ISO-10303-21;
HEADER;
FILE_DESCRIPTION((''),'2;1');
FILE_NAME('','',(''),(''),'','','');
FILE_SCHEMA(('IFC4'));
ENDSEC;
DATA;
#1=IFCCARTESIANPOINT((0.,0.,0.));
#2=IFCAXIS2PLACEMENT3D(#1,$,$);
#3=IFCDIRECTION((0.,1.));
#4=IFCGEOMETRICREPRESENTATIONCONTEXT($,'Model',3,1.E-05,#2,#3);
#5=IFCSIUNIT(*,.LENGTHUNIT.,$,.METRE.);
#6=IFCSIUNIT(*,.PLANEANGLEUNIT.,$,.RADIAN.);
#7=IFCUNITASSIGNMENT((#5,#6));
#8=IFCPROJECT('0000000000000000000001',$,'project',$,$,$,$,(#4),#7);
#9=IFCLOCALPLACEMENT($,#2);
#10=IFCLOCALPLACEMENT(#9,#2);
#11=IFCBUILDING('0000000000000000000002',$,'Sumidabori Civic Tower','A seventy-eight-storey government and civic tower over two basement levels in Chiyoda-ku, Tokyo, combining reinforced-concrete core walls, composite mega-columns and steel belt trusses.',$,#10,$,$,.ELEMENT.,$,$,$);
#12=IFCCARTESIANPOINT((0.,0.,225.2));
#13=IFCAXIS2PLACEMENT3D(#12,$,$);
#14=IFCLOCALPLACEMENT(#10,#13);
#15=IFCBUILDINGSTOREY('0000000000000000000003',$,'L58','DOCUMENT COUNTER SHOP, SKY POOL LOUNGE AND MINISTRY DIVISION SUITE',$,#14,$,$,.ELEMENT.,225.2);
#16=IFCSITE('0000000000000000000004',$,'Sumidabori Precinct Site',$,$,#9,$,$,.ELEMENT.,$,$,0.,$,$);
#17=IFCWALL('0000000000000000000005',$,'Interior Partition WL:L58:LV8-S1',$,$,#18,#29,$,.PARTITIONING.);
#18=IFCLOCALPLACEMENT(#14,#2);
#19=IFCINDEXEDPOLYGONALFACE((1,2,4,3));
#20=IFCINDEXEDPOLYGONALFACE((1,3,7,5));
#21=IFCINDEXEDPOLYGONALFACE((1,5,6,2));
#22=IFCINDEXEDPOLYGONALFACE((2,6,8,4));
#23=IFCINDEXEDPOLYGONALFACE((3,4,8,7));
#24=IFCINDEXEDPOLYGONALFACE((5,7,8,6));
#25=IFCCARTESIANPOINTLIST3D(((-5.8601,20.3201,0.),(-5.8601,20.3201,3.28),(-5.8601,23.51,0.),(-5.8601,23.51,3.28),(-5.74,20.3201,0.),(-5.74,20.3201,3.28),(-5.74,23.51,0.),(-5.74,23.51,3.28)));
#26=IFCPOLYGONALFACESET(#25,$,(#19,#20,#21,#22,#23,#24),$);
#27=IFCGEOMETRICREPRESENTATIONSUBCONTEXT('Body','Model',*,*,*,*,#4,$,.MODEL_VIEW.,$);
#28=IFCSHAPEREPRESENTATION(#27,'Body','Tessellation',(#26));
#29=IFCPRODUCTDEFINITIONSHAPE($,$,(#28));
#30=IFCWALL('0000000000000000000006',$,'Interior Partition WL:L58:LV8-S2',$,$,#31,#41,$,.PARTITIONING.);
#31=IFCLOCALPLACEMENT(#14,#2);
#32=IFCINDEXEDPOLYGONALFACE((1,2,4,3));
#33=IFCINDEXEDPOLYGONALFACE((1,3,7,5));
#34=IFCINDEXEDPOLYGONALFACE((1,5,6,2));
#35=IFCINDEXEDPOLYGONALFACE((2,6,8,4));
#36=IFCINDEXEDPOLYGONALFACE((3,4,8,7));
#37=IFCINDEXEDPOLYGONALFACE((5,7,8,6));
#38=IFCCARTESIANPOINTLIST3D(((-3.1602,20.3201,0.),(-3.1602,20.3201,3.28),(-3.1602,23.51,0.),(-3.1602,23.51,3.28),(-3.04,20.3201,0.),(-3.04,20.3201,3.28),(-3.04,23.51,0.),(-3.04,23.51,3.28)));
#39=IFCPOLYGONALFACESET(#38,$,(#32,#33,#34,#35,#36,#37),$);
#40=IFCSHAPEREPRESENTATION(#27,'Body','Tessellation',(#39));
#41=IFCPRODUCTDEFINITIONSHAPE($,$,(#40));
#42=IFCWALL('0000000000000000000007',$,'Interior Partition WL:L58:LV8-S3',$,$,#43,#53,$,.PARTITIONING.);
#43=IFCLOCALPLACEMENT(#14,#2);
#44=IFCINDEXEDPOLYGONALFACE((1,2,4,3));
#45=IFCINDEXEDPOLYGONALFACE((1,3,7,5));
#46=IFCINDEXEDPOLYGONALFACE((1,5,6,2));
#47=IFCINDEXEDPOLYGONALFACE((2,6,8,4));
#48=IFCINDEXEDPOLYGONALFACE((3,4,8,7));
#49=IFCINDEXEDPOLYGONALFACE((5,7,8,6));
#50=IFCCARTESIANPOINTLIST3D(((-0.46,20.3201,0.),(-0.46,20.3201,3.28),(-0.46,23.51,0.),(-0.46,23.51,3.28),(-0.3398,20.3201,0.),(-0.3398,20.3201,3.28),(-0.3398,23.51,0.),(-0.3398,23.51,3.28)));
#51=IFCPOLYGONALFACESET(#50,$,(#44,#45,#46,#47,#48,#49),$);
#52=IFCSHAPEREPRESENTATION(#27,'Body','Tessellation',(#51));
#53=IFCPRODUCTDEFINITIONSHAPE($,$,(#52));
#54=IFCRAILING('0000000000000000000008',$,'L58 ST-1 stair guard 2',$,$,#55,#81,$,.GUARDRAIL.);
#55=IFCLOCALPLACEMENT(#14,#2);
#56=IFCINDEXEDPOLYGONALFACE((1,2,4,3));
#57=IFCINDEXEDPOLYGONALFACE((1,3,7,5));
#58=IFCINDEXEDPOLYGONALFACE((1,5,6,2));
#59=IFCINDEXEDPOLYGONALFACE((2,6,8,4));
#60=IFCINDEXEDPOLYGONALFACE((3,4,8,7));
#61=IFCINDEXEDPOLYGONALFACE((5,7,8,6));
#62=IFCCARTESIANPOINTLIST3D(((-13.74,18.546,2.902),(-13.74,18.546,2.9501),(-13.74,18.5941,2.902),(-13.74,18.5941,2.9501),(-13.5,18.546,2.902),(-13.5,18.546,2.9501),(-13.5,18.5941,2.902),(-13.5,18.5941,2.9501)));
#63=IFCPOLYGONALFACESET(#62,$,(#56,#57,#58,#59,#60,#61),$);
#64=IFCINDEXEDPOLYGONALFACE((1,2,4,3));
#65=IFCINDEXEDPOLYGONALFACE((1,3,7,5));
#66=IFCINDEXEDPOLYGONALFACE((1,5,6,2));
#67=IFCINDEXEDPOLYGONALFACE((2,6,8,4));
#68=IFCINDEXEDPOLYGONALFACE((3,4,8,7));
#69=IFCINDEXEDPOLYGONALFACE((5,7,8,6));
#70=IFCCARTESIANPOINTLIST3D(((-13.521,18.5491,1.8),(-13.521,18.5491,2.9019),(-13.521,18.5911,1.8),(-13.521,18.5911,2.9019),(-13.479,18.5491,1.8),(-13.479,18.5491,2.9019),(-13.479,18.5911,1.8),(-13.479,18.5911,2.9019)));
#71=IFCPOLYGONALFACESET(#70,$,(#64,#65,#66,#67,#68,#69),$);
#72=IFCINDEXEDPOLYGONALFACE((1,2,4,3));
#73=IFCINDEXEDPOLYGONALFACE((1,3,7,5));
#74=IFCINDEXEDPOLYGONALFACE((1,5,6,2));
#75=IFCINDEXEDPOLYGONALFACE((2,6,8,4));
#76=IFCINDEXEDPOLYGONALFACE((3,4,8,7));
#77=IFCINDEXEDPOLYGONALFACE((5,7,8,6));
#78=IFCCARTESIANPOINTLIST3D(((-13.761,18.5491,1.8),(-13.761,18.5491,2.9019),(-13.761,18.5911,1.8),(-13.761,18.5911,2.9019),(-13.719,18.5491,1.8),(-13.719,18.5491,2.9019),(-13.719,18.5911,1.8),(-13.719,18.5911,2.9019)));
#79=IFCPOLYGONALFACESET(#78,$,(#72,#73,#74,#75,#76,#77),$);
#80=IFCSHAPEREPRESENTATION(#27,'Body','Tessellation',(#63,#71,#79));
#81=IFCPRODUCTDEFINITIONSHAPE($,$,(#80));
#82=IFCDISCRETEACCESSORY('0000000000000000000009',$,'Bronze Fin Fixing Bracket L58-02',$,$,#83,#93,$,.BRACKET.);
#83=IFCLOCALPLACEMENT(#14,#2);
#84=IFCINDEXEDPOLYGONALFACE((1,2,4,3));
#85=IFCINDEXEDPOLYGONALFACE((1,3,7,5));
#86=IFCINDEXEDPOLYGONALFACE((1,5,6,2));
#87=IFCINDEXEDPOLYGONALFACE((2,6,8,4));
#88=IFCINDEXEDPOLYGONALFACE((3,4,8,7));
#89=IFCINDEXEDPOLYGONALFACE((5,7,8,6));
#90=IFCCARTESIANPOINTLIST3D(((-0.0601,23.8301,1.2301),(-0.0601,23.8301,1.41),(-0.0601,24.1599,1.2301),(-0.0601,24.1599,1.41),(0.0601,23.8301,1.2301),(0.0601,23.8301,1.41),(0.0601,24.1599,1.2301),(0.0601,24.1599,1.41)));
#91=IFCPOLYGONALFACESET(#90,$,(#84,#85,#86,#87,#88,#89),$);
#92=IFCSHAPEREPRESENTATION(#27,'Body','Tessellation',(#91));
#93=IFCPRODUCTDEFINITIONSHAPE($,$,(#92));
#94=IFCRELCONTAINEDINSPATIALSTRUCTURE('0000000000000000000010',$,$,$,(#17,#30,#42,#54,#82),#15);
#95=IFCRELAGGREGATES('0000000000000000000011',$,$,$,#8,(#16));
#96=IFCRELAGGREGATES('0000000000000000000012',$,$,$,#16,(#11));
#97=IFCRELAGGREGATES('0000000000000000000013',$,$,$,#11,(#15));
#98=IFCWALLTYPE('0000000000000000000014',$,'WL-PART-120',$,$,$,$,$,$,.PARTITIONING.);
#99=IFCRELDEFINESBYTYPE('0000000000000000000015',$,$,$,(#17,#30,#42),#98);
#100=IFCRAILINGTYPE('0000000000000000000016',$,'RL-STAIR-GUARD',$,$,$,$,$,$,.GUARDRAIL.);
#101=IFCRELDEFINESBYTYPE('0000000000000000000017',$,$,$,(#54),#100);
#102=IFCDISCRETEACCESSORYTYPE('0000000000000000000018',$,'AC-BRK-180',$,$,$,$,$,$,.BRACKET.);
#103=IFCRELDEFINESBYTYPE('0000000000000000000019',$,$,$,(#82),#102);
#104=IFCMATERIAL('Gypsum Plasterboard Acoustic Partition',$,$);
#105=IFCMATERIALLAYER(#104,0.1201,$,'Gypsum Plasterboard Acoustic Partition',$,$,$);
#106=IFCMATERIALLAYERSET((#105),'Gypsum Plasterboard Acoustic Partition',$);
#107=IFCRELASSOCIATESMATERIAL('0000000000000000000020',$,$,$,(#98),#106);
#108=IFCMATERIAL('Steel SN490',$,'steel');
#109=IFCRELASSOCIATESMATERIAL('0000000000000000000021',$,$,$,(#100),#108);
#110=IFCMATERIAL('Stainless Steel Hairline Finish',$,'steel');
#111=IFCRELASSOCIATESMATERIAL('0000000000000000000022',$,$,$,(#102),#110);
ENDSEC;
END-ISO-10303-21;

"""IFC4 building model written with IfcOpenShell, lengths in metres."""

from ifc_helpers import new_model, si_unit, direction, frame, frame_2d, origin, origin_2d, place, context, subcontext, project, spatial, rectangle, extrude, source, transform, mapped, material, layer, layer_set, material_profile, profile_set, type_object, element, save


model = new_model("IFC4")

# Units and contexts
model_context = context("Model", 3, precision=1e-05, world=origin(), true_north=direction((0.0, 1.0)))
body_context = subcontext(model_context, "Body", "Model", "MODEL_VIEW")
ifc_project = project(units=[si_unit("LENGTHUNIT", "METRE"), si_unit("PLANEANGLEUNIT", "RADIAN")], contexts=[model_context])

# Site, building, storey
site_placement = place(None, origin())
site = spatial("IfcSite", under=ifc_project, at=site_placement, Name="Sumidabori Precinct Site", CompositionType="ELEMENT", RefElevation=0.0)
building_placement = place(site_placement, origin())
building = spatial("IfcBuilding", under=site, at=building_placement, Name="Sumidabori Civic Tower", Description="A seventy-eight-storey government and civic tower over two basement levels in Chiyoda-ku, Tokyo, combining reinforced-concrete core walls, composite mega-columns and steel belt trusses.", CompositionType="ELEMENT")
storey_placement = place(building_placement, frame((0.0, 0.0, 225.2)))
storey = spatial("IfcBuildingStorey", under=building, at=storey_placement, Name="L58", Description="DOCUMENT COUNTER SHOP, SKY POOL LOUNGE AND MINISTRY DIVISION SUITE", CompositionType="ELEMENT", Elevation=225.2)

# Shared definitions
ifc_material_1 = material(Name="Gypsum Plasterboard Acoustic Partition")

# Walls
ifc_layer_1 = layer(ifc_material_1, 0.1201, Name="Gypsum Plasterboard Acoustic Partition")
ifc_layer_set_1 = layer_set([ifc_layer_1], Name="Gypsum Plasterboard Acoustic Partition")
wall_type_1 = type_object("IfcWallType", Name="WL-PART-120", PredefinedType="PARTITIONING", material=ifc_layer_set_1)
shared_shape_1 = source(origin(), body_context, "Body", "SweptSolid", [
    extrude(rectangle(XDim=3.1899, YDim=0.1201, at=frame_2d((1.595, 0.0))), origin(), (0.0, 0.0, 1.0), 3.28),
])
for number, where, z_axis, x_axis, name in (
    (1, (-5.8, 20.3201, 0.0), (0.0, 0.0, 1.0), (0.0, 1.0, 0.0), "Interior Partition WL:L58:LV8-S1"),
    (2, (-3.1001, 20.3201, 0.0), (0.0, 0.0, 1.0), (0.0, 1.0, 0.0), "Interior Partition WL:L58:LV8-S2"),
    (3, (-0.3999, 20.3201, 0.0), (0.0, 0.0, 1.0), (0.0, 1.0, 0.0), "Interior Partition WL:L58:LV8-S3"),
):
    element("IfcWall", number, at=place(storey_placement, frame(where, z_axis=z_axis, x_axis=x_axis)), inside=storey, type_object=wall_type_1, Name=name, PredefinedType="PARTITIONING", context=body_context, shape_type="MappedRepresentation", body=[
        mapped(shared_shape_1, transform((0.0, 0.0, 0.0), x_axis=(1.0, 0.0, 0.0), y_axis=(0.0, 1.0, 0.0), z_axis=(0.0, 0.0, 1.0), scale=1.0)),
    ])

# Railing
ifc_material_2 = material(Name="Steel SN490", Category="steel")
railing_type = type_object("IfcRailingType", Name="RL-STAIR-GUARD", PredefinedType="GUARDRAIL", material=ifc_material_2)
railing_placement = place(storey_placement, frame((-13.5, 18.5701, 1.8)))
element("IfcRailing", 4, at=railing_placement, inside=storey, type_object=railing_type, Name="L58 ST-1 stair guard 2", PredefinedType="GUARDRAIL", context=body_context, shape_type="SweptSolid", body=[
    extrude(rectangle(XDim=0.0481, YDim=0.0481, at=origin_2d()), frame((0.0, 0.0, 1.126), z_axis=(-1.0, 0.0, 0.0), x_axis=(0.0, -1.0, 0.0)), (0.0, 0.0, 1.0), 0.24),
    extrude(rectangle(XDim=0.042, YDim=0.042, at=origin_2d()), origin(), (0.0, 0.0, 1.0), 1.1018),
    extrude(rectangle(XDim=0.042, YDim=0.042, at=origin_2d()), frame((-0.24, 0.0, 0.0)), (0.0, 0.0, 1.0), 1.1018),
])

# Discrete accessory
ifc_material_3 = material(Name="Stainless Steel Hairline Finish", Category="steel")
ifc_material_profile_1 = material_profile(ifc_material_3, rectangle(XDim=0.1201, YDim=0.1799, at=origin_2d()), Name="STEEL BRACKET 180x120")
ifc_profile_set_1 = profile_set([ifc_material_profile_1], Name="Stainless Steel Hairline Finish")
discrete_accessory_type = type_object("IfcDiscreteAccessoryType", Name="AC-BRK-180", PredefinedType="BRACKET", material=ifc_profile_set_1)
shared_shape_2 = source(origin(), body_context, "Body", "SweptSolid", [
    extrude(rectangle(XDim=0.1201, YDim=0.1799, at=origin_2d()), origin(), (0.0, 0.0, 1.0), 0.3298),
])
discrete_accessory_placement = place(storey_placement, frame((0.0, 23.8301, 1.3201), z_axis=(0.0, 1.0, 0.0), x_axis=(-1.0, 0.0, 0.0)))
element("IfcDiscreteAccessory", 5, at=discrete_accessory_placement, inside=storey, type_object=discrete_accessory_type, Name="Bronze Fin Fixing Bracket L58-02", PredefinedType="BRACKET", context=body_context, shape_type="MappedRepresentation", body=[
    mapped(shared_shape_2, transform((0.0, 0.0, 0.0), x_axis=(1.0, 0.0, 0.0), y_axis=(0.0, 1.0, 0.0), z_axis=(0.0, 0.0, 1.0), scale=1.0)),
])

save(model, "model.ifc")
